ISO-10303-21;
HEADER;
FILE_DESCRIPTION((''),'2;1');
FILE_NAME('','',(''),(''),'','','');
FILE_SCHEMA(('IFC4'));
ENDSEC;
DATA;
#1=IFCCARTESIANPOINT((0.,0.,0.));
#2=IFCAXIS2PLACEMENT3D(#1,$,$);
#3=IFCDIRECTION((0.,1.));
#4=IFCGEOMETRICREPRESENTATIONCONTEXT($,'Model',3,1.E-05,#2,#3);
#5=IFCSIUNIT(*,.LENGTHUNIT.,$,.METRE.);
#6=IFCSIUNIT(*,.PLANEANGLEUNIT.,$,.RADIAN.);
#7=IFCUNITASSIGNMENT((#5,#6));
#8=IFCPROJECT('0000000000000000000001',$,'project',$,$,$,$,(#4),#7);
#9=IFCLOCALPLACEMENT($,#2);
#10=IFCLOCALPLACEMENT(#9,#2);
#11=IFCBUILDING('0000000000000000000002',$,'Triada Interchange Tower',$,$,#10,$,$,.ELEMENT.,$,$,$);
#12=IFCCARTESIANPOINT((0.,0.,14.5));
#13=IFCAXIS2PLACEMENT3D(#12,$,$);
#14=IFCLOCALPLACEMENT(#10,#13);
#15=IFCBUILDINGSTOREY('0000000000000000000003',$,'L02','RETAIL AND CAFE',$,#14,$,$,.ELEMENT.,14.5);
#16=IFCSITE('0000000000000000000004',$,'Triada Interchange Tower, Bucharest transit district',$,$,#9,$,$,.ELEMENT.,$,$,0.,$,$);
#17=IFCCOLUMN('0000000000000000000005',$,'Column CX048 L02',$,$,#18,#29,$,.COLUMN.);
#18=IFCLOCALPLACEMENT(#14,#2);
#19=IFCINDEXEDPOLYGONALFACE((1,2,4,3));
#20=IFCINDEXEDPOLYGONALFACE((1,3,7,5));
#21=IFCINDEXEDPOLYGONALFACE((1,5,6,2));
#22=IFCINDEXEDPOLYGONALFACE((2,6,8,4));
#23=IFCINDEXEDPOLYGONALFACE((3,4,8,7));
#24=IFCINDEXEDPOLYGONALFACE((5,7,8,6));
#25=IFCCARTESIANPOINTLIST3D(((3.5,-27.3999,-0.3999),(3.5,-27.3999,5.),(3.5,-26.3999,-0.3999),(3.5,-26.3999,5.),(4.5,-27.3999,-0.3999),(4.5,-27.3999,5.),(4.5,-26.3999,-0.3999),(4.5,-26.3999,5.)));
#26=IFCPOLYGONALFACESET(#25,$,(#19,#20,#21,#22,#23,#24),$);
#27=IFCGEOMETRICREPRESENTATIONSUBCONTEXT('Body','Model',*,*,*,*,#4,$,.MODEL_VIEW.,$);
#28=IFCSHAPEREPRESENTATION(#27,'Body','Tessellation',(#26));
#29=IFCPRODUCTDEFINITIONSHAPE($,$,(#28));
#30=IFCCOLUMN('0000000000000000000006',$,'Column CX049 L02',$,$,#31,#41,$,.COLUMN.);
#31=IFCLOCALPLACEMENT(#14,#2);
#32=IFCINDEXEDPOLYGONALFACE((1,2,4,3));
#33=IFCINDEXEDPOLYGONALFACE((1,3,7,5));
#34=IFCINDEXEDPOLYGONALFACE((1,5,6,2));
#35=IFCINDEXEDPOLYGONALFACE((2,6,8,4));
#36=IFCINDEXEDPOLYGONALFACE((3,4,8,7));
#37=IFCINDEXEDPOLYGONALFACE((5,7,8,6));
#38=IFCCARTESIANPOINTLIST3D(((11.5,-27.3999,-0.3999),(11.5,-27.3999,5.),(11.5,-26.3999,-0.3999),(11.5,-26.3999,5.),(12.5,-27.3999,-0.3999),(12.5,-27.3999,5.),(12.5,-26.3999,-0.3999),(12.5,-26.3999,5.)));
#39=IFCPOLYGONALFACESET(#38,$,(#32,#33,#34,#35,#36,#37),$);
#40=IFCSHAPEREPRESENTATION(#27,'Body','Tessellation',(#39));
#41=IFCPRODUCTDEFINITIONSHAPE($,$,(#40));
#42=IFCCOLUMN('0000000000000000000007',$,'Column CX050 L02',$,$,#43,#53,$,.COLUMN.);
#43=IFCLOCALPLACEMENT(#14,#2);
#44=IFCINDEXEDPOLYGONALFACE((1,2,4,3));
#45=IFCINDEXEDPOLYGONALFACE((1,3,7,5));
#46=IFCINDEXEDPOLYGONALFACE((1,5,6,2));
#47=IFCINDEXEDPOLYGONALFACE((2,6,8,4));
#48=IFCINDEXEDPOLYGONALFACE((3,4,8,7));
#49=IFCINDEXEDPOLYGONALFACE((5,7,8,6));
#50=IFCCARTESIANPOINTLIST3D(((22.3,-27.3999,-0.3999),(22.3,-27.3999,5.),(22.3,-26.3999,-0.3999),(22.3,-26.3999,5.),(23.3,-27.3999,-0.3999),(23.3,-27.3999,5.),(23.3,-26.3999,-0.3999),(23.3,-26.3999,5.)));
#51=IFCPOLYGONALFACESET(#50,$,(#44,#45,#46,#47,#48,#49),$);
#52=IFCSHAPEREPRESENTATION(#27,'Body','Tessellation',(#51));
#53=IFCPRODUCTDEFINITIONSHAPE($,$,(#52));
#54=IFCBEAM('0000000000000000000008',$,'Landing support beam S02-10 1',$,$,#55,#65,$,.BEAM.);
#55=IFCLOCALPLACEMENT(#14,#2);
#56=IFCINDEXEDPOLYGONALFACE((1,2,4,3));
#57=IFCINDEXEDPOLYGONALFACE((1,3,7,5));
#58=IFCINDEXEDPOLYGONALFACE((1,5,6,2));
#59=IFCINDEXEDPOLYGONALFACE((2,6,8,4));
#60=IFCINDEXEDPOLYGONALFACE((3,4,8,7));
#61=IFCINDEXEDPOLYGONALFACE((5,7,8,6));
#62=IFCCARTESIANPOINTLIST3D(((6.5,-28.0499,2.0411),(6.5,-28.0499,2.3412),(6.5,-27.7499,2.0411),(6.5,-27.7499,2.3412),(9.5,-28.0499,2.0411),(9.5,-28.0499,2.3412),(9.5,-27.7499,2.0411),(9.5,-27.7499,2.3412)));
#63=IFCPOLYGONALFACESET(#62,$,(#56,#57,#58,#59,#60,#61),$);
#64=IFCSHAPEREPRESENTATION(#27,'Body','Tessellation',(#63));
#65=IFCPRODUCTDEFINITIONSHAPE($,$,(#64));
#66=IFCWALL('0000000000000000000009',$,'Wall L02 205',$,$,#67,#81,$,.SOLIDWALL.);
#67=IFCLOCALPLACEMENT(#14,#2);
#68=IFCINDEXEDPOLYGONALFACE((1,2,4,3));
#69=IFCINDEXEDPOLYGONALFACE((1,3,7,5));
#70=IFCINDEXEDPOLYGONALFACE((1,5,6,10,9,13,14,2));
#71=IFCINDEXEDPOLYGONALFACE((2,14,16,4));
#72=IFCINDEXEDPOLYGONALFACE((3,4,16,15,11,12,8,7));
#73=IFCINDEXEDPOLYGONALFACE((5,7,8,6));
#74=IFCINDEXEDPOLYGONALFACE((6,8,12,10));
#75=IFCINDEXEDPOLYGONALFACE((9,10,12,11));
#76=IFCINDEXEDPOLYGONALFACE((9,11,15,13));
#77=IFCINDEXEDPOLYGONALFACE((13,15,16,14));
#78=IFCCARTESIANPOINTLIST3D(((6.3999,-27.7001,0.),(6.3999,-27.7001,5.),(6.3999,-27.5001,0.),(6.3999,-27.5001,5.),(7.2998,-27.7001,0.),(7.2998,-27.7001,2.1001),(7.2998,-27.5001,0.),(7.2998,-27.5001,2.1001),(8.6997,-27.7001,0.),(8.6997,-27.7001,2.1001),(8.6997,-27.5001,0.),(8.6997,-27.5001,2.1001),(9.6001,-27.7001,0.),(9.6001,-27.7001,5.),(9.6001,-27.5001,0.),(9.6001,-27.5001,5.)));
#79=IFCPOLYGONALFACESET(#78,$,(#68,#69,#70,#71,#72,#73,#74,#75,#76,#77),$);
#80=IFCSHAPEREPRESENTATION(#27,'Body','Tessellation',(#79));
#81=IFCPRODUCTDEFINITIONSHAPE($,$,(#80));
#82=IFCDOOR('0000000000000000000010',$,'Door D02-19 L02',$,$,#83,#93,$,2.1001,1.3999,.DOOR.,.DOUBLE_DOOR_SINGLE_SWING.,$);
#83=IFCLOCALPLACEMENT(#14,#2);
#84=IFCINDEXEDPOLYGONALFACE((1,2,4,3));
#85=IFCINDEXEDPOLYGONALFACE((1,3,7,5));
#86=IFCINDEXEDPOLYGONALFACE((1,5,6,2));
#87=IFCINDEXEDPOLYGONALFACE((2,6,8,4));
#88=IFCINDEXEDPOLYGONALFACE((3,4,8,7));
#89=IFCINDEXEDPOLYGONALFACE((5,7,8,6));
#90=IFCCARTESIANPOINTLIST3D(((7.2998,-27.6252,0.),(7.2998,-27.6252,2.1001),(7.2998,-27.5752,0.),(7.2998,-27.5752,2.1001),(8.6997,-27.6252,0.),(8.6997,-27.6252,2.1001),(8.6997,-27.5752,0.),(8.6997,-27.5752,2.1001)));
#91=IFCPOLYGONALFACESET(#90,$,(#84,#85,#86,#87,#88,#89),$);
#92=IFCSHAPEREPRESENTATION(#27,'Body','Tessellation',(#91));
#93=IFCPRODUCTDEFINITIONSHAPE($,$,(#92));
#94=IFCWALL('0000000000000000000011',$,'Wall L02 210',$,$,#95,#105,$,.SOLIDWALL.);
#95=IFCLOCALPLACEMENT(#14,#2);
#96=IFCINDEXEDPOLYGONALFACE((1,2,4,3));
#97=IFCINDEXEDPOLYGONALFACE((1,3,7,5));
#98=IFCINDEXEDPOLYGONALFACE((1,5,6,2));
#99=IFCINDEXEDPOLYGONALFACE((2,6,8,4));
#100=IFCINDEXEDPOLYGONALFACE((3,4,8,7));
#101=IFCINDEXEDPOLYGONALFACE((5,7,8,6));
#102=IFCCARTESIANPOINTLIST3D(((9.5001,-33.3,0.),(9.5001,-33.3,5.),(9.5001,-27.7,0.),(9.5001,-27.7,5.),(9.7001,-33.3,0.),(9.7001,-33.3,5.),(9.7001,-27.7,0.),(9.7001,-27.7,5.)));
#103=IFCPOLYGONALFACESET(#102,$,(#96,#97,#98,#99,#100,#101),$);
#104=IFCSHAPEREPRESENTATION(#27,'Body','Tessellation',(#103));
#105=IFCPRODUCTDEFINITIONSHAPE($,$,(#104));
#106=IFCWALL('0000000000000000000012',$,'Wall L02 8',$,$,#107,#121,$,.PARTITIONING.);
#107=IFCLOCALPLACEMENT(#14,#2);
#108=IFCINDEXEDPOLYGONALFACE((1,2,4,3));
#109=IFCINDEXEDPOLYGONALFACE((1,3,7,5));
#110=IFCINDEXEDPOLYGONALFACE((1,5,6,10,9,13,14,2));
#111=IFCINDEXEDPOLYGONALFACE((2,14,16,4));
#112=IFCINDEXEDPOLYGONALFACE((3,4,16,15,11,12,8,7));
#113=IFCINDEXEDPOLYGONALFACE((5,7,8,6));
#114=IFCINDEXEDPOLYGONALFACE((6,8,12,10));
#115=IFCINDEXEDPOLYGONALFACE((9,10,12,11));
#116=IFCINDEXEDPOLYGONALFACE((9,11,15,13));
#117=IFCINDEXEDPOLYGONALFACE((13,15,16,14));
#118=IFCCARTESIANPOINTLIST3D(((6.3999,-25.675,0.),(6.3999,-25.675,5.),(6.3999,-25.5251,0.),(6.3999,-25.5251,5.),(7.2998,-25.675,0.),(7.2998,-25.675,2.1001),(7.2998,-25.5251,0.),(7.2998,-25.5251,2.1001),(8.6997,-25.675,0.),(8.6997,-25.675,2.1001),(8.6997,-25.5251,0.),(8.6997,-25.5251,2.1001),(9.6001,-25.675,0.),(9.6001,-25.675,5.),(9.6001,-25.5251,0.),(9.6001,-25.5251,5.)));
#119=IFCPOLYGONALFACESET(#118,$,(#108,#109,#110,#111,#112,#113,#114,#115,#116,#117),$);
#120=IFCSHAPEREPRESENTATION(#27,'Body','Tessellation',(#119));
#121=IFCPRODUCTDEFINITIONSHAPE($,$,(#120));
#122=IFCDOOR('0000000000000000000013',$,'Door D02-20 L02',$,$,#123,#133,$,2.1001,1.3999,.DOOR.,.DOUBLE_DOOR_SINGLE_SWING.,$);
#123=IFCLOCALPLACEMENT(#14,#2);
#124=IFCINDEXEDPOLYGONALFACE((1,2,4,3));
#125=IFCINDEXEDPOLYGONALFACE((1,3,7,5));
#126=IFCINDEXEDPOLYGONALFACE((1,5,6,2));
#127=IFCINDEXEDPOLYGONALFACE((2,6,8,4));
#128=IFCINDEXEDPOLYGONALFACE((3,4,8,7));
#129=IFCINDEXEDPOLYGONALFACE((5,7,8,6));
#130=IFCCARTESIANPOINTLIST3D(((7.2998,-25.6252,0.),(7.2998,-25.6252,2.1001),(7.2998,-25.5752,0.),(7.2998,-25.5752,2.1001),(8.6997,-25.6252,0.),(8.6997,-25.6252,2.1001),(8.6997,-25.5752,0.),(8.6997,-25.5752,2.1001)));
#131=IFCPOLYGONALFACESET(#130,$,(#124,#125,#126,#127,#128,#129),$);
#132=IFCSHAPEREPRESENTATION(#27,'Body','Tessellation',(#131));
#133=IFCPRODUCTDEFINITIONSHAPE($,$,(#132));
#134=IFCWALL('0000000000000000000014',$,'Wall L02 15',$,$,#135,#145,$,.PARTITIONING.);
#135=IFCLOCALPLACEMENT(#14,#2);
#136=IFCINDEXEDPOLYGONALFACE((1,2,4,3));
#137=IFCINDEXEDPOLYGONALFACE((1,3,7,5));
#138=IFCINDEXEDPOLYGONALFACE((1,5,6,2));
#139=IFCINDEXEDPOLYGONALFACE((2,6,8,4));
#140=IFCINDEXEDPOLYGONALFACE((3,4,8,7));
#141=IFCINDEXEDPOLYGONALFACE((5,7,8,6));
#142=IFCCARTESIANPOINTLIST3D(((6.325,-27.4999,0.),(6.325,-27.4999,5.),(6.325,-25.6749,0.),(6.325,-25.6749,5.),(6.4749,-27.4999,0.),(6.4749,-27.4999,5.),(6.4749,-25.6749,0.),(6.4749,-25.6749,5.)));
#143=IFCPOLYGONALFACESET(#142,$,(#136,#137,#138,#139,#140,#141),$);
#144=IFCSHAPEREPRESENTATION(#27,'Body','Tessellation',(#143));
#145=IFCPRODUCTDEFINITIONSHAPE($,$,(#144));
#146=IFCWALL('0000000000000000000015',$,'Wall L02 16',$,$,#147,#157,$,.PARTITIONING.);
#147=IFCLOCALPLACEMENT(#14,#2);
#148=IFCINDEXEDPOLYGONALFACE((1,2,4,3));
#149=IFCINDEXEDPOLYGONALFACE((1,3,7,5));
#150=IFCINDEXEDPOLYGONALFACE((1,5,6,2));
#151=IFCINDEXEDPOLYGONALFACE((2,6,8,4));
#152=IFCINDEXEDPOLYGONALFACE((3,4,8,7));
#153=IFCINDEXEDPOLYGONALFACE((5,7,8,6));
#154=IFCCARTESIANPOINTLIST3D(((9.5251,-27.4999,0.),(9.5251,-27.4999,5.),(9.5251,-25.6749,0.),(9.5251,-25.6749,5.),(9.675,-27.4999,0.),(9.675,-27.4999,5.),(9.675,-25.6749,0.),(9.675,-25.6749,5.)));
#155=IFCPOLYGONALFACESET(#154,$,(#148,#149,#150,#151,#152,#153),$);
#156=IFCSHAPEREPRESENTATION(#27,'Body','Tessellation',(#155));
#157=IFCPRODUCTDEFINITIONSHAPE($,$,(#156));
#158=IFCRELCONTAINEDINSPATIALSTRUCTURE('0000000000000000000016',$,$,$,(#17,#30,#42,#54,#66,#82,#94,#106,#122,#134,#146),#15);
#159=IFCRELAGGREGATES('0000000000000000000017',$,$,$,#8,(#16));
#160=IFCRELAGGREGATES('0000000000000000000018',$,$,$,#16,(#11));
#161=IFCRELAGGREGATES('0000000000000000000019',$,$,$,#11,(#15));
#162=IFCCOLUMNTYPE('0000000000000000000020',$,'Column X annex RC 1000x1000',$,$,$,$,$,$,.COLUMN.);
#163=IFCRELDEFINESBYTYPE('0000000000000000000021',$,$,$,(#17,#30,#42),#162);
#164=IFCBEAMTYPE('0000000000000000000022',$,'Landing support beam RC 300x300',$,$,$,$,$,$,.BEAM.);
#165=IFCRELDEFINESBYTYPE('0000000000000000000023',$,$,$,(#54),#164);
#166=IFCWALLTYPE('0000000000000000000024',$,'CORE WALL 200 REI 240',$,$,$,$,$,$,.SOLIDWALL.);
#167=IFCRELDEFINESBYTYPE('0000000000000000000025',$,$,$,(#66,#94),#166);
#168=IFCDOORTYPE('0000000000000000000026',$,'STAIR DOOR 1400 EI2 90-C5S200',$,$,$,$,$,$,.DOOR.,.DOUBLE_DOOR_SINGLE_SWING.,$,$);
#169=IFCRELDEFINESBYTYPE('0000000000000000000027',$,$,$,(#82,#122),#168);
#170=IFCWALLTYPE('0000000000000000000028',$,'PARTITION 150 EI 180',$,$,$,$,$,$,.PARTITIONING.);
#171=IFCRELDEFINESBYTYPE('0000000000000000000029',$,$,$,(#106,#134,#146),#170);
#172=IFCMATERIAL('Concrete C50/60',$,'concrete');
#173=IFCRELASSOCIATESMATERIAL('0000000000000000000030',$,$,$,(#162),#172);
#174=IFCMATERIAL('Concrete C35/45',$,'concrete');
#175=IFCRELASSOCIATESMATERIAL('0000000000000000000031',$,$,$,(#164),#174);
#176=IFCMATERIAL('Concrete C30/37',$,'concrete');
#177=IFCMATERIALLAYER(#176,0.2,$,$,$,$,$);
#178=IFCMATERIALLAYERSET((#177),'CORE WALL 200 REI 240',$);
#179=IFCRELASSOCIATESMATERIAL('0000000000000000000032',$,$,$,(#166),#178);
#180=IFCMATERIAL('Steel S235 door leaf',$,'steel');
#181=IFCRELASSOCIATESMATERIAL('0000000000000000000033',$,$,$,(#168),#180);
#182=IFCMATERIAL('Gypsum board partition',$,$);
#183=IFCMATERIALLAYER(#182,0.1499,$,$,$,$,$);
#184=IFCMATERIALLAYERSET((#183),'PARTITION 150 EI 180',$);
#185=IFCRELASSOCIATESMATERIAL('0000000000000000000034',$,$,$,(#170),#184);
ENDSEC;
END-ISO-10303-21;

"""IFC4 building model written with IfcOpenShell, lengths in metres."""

from ifc_helpers import new_model, si_unit, direction, frame, frame_2d, origin, origin_2d, place, context, subcontext, project, spatial, rectangle, extrude, material, layer, layer_set, material_profile, profile_set, type_object, element, fill, save


model = new_model("IFC4")

# Units and contexts
model_context = context("Model", 3, precision=1e-05, world=origin(), true_north=direction((0.0, 1.0)))
body_context = subcontext(model_context, "Body", "Model", "MODEL_VIEW")
ifc_project = project(units=[si_unit("LENGTHUNIT", "METRE"), si_unit("PLANEANGLEUNIT", "RADIAN")], contexts=[model_context])

# Site, building, storey
site_placement = place(None, origin())
site = spatial("IfcSite", under=ifc_project, at=site_placement, Name="Triada Interchange Tower, Bucharest transit district", CompositionType="ELEMENT", RefElevation=0.0)
building_placement = place(site_placement, origin())
building = spatial("IfcBuilding", under=site, at=building_placement, Name="Triada Interchange Tower", CompositionType="ELEMENT")
storey_placement = place(building_placement, frame((0.0, 0.0, 14.5)))
storey = spatial("IfcBuildingStorey", under=building, at=storey_placement, Name="L02", Description="RETAIL AND CAFE", CompositionType="ELEMENT", Elevation=14.5)

# Columns
ifc_material_1 = material(Name="Concrete C50/60", Category="concrete")
ifc_material_profile_1 = material_profile(ifc_material_1, rectangle(XDim=1.0, YDim=1.0, at=origin_2d()), Name="RC 1000x1000")
ifc_profile_set_1 = profile_set([ifc_material_profile_1], Name="Concrete C50/60")
column_type = type_object("IfcColumnType", Name="Column X annex RC 1000x1000", PredefinedType="COLUMN", material=ifc_profile_set_1)
for number, where, z_axis, x_axis, name in (
    (1, (4.0, -26.8999, -0.3999), (0.0, 0.0, 1.0), (1.0, 0.0, 0.0), "Column CX048 L02"),
    (2, (12.0, -26.8999, -0.3999), (0.0, 0.0, 1.0), (1.0, 0.0, 0.0), "Column CX049 L02"),
    (3, (22.8, -26.8999, -0.3999), (0.0, 0.0, 1.0), (1.0, 0.0, 0.0), "Column CX050 L02"),
):
    element("IfcColumn", number, at=place(storey_placement, frame(where, z_axis=z_axis, x_axis=x_axis)), inside=storey, type_object=column_type, Name=name, PredefinedType="COLUMN", context=body_context, shape_type="SweptSolid", body=[
        extrude(rectangle(XDim=1.0, YDim=1.0, at=origin_2d()), origin(), (0.0, 0.0, 1.0), 5.3999),
    ])

# Beam
ifc_material_2 = material(Name="Concrete C35/45", Category="concrete")
ifc_material_profile_2 = material_profile(ifc_material_2, rectangle(XDim=0.3, YDim=0.3, at=origin_2d()), Name="RC 300x300")
ifc_profile_set_2 = profile_set([ifc_material_profile_2], Name="Concrete C35/45")
beam_type = type_object("IfcBeamType", Name="Landing support beam RC 300x300", PredefinedType="BEAM", material=ifc_profile_set_2)
beam_placement = place(storey_placement, frame((9.5, -27.8999, 2.1912), z_axis=(-1.0, 0.0, 0.0), x_axis=(0.0, -1.0, 0.0)))
element("IfcBeam", 4, at=beam_placement, inside=storey, type_object=beam_type, Name="Landing support beam S02-10 1", PredefinedType="BEAM", context=body_context, shape_type="SweptSolid", body=[
    extrude(rectangle(XDim=0.3, YDim=0.3, at=origin_2d()), origin(), (0.0, 0.0, 1.0), 3.0),
])

# Wall, opening, door
ifc_material_3 = material(Name="Concrete C30/37", Category="concrete")
ifc_layer_1 = layer(ifc_material_3, 0.2)
ifc_layer_set_1 = layer_set([ifc_layer_1], Name="CORE WALL 200 REI 240")
wall_type_1 = type_object("IfcWallType", Name="CORE WALL 200 REI 240", PredefinedType="SOLIDWALL", material=ifc_layer_set_1)
wall_1_placement = place(storey_placement, frame((6.3999, -27.6001, 0.0), z_axis=(0.0, 0.0, 1.0), x_axis=(1.0, 0.0, 0.0)))
wall_1 = element("IfcWall", 5, at=wall_1_placement, inside=storey, type_object=wall_type_1, Name="Wall L02 205", PredefinedType="SOLIDWALL", context=body_context, shape_type="SweptSolid", body=[
    extrude(rectangle(XDim=3.2002, YDim=0.2, at=frame_2d((1.6001, 0.0))), origin(), (0.0, 0.0, 1.0), 5.0),
])
opening_1_placement = place(wall_1_placement, frame((0.8999, 0.0, 0.0)))
opening_1 = element("IfcOpeningElement", 6, at=opening_1_placement, cuts=wall_1, PredefinedType="OPENING", context=body_context, shape_type="SweptSolid", body=[
    extrude(rectangle(XDim=1.3999, YDim=2.1001, at=frame_2d((0.7, 1.05))), frame((0.0, 0.1099, 0.0), z_axis=(0.0, -1.0, 0.0), x_axis=(1.0, 0.0, 0.0)), (0.0, 0.0, 1.0), 0.22),
])
ifc_material_4 = material(Name="Steel S235 door leaf", Category="steel")
door_type_1 = type_object("IfcDoorType", Name="STAIR DOOR 1400 EI2 90-C5S200", OperationType="DOUBLE_DOOR_SINGLE_SWING", PredefinedType="DOOR", material=ifc_material_4)
door_1_placement = place(opening_1_placement, origin())
door_1 = element("IfcDoor", 7, at=door_1_placement, inside=storey, type_object=door_type_1, Name="Door D02-19 L02", OperationType="DOUBLE_DOOR_SINGLE_SWING", OverallHeight=2.1001, OverallWidth=1.3999, PredefinedType="DOOR", context=body_context, shape_type="SweptSolid", body=[
    extrude(rectangle(XDim=1.3999, YDim=2.1001, at=frame_2d((0.7, 1.05))), frame((0.0, 0.0249, 0.0), z_axis=(0.0, -1.0, 0.0), x_axis=(1.0, 0.0, 0.0)), (0.0, 0.0, 1.0), 0.05),
])
fill(opening_1, door_1)

# Wall
wall_2_placement = place(storey_placement, frame((9.6001, -33.3, 0.0), z_axis=(0.0, 0.0, 1.0), x_axis=(0.0, 1.0, 0.0)))
element("IfcWall", 8, at=wall_2_placement, inside=storey, type_object=wall_type_1, Name="Wall L02 210", PredefinedType="SOLIDWALL", context=body_context, shape_type="SweptSolid", body=[
    extrude(rectangle(XDim=5.6001, YDim=0.2, at=frame_2d((2.8, 0.0))), origin(), (0.0, 0.0, 1.0), 5.0),
])

# Wall, opening, door
ifc_material_5 = material(Name="Gypsum board partition")
ifc_layer_2 = layer(ifc_material_5, 0.1499)
ifc_layer_set_2 = layer_set([ifc_layer_2], Name="PARTITION 150 EI 180")
wall_type_2 = type_object("IfcWallType", Name="PARTITION 150 EI 180", PredefinedType="PARTITIONING", material=ifc_layer_set_2)
wall_3_placement = place(storey_placement, frame((6.3999, -25.6001, 0.0), z_axis=(0.0, 0.0, 1.0), x_axis=(1.0, 0.0, 0.0)))
wall_3 = element("IfcWall", 9, at=wall_3_placement, inside=storey, type_object=wall_type_2, Name="Wall L02 8", PredefinedType="PARTITIONING", context=body_context, shape_type="SweptSolid", body=[
    extrude(rectangle(XDim=3.2002, YDim=0.1499, at=frame_2d((1.6001, 0.0))), origin(), (0.0, 0.0, 1.0), 5.0),
])
opening_2_placement = place(wall_3_placement, frame((0.8999, 0.0, 0.0)))
opening_2 = element("IfcOpeningElement", 10, at=opening_2_placement, cuts=wall_3, PredefinedType="OPENING", context=body_context, shape_type="SweptSolid", body=[
    extrude(rectangle(XDim=1.3999, YDim=2.1001, at=frame_2d((0.7, 1.05))), frame((0.0, 0.085, 0.0), z_axis=(0.0, -1.0, 0.0), x_axis=(1.0, 0.0, 0.0)), (0.0, 0.0, 1.0), 0.1699),
])
door_2_placement = place(opening_2_placement, origin())
door_2 = element("IfcDoor", 11, at=door_2_placement, inside=storey, type_object=door_type_1, Name="Door D02-20 L02", OperationType="DOUBLE_DOOR_SINGLE_SWING", OverallHeight=2.1001, OverallWidth=1.3999, PredefinedType="DOOR", context=body_context, shape_type="SweptSolid", body=[
    extrude(rectangle(XDim=1.3999, YDim=2.1001, at=frame_2d((0.7, 1.05))), frame((0.0, 0.0249, 0.0), z_axis=(0.0, -1.0, 0.0), x_axis=(1.0, 0.0, 0.0)), (0.0, 0.0, 1.0), 0.05),
])
fill(opening_2, door_2)

# Walls
for number, where, z_axis, x_axis, name in (
    (12, (6.3999, -27.5, 0.0), (0.0, 0.0, 1.0), (0.0, 1.0, 0.0), "Wall L02 15"),
    (13, (9.6001, -27.5, 0.0), (0.0, 0.0, 1.0), (0.0, 1.0, 0.0), "Wall L02 16"),
):
    element("IfcWall", number, at=place(storey_placement, frame(where, z_axis=z_axis, x_axis=x_axis)), inside=storey, type_object=wall_type_2, Name=name, PredefinedType="PARTITIONING", context=body_context, shape_type="SweptSolid", body=[
        extrude(rectangle(XDim=1.825, YDim=0.1499, at=frame_2d((0.9126, 0.0))), origin(), (0.0, 0.0, 1.0), 5.0),
    ])

save(model, "model.ifc")
